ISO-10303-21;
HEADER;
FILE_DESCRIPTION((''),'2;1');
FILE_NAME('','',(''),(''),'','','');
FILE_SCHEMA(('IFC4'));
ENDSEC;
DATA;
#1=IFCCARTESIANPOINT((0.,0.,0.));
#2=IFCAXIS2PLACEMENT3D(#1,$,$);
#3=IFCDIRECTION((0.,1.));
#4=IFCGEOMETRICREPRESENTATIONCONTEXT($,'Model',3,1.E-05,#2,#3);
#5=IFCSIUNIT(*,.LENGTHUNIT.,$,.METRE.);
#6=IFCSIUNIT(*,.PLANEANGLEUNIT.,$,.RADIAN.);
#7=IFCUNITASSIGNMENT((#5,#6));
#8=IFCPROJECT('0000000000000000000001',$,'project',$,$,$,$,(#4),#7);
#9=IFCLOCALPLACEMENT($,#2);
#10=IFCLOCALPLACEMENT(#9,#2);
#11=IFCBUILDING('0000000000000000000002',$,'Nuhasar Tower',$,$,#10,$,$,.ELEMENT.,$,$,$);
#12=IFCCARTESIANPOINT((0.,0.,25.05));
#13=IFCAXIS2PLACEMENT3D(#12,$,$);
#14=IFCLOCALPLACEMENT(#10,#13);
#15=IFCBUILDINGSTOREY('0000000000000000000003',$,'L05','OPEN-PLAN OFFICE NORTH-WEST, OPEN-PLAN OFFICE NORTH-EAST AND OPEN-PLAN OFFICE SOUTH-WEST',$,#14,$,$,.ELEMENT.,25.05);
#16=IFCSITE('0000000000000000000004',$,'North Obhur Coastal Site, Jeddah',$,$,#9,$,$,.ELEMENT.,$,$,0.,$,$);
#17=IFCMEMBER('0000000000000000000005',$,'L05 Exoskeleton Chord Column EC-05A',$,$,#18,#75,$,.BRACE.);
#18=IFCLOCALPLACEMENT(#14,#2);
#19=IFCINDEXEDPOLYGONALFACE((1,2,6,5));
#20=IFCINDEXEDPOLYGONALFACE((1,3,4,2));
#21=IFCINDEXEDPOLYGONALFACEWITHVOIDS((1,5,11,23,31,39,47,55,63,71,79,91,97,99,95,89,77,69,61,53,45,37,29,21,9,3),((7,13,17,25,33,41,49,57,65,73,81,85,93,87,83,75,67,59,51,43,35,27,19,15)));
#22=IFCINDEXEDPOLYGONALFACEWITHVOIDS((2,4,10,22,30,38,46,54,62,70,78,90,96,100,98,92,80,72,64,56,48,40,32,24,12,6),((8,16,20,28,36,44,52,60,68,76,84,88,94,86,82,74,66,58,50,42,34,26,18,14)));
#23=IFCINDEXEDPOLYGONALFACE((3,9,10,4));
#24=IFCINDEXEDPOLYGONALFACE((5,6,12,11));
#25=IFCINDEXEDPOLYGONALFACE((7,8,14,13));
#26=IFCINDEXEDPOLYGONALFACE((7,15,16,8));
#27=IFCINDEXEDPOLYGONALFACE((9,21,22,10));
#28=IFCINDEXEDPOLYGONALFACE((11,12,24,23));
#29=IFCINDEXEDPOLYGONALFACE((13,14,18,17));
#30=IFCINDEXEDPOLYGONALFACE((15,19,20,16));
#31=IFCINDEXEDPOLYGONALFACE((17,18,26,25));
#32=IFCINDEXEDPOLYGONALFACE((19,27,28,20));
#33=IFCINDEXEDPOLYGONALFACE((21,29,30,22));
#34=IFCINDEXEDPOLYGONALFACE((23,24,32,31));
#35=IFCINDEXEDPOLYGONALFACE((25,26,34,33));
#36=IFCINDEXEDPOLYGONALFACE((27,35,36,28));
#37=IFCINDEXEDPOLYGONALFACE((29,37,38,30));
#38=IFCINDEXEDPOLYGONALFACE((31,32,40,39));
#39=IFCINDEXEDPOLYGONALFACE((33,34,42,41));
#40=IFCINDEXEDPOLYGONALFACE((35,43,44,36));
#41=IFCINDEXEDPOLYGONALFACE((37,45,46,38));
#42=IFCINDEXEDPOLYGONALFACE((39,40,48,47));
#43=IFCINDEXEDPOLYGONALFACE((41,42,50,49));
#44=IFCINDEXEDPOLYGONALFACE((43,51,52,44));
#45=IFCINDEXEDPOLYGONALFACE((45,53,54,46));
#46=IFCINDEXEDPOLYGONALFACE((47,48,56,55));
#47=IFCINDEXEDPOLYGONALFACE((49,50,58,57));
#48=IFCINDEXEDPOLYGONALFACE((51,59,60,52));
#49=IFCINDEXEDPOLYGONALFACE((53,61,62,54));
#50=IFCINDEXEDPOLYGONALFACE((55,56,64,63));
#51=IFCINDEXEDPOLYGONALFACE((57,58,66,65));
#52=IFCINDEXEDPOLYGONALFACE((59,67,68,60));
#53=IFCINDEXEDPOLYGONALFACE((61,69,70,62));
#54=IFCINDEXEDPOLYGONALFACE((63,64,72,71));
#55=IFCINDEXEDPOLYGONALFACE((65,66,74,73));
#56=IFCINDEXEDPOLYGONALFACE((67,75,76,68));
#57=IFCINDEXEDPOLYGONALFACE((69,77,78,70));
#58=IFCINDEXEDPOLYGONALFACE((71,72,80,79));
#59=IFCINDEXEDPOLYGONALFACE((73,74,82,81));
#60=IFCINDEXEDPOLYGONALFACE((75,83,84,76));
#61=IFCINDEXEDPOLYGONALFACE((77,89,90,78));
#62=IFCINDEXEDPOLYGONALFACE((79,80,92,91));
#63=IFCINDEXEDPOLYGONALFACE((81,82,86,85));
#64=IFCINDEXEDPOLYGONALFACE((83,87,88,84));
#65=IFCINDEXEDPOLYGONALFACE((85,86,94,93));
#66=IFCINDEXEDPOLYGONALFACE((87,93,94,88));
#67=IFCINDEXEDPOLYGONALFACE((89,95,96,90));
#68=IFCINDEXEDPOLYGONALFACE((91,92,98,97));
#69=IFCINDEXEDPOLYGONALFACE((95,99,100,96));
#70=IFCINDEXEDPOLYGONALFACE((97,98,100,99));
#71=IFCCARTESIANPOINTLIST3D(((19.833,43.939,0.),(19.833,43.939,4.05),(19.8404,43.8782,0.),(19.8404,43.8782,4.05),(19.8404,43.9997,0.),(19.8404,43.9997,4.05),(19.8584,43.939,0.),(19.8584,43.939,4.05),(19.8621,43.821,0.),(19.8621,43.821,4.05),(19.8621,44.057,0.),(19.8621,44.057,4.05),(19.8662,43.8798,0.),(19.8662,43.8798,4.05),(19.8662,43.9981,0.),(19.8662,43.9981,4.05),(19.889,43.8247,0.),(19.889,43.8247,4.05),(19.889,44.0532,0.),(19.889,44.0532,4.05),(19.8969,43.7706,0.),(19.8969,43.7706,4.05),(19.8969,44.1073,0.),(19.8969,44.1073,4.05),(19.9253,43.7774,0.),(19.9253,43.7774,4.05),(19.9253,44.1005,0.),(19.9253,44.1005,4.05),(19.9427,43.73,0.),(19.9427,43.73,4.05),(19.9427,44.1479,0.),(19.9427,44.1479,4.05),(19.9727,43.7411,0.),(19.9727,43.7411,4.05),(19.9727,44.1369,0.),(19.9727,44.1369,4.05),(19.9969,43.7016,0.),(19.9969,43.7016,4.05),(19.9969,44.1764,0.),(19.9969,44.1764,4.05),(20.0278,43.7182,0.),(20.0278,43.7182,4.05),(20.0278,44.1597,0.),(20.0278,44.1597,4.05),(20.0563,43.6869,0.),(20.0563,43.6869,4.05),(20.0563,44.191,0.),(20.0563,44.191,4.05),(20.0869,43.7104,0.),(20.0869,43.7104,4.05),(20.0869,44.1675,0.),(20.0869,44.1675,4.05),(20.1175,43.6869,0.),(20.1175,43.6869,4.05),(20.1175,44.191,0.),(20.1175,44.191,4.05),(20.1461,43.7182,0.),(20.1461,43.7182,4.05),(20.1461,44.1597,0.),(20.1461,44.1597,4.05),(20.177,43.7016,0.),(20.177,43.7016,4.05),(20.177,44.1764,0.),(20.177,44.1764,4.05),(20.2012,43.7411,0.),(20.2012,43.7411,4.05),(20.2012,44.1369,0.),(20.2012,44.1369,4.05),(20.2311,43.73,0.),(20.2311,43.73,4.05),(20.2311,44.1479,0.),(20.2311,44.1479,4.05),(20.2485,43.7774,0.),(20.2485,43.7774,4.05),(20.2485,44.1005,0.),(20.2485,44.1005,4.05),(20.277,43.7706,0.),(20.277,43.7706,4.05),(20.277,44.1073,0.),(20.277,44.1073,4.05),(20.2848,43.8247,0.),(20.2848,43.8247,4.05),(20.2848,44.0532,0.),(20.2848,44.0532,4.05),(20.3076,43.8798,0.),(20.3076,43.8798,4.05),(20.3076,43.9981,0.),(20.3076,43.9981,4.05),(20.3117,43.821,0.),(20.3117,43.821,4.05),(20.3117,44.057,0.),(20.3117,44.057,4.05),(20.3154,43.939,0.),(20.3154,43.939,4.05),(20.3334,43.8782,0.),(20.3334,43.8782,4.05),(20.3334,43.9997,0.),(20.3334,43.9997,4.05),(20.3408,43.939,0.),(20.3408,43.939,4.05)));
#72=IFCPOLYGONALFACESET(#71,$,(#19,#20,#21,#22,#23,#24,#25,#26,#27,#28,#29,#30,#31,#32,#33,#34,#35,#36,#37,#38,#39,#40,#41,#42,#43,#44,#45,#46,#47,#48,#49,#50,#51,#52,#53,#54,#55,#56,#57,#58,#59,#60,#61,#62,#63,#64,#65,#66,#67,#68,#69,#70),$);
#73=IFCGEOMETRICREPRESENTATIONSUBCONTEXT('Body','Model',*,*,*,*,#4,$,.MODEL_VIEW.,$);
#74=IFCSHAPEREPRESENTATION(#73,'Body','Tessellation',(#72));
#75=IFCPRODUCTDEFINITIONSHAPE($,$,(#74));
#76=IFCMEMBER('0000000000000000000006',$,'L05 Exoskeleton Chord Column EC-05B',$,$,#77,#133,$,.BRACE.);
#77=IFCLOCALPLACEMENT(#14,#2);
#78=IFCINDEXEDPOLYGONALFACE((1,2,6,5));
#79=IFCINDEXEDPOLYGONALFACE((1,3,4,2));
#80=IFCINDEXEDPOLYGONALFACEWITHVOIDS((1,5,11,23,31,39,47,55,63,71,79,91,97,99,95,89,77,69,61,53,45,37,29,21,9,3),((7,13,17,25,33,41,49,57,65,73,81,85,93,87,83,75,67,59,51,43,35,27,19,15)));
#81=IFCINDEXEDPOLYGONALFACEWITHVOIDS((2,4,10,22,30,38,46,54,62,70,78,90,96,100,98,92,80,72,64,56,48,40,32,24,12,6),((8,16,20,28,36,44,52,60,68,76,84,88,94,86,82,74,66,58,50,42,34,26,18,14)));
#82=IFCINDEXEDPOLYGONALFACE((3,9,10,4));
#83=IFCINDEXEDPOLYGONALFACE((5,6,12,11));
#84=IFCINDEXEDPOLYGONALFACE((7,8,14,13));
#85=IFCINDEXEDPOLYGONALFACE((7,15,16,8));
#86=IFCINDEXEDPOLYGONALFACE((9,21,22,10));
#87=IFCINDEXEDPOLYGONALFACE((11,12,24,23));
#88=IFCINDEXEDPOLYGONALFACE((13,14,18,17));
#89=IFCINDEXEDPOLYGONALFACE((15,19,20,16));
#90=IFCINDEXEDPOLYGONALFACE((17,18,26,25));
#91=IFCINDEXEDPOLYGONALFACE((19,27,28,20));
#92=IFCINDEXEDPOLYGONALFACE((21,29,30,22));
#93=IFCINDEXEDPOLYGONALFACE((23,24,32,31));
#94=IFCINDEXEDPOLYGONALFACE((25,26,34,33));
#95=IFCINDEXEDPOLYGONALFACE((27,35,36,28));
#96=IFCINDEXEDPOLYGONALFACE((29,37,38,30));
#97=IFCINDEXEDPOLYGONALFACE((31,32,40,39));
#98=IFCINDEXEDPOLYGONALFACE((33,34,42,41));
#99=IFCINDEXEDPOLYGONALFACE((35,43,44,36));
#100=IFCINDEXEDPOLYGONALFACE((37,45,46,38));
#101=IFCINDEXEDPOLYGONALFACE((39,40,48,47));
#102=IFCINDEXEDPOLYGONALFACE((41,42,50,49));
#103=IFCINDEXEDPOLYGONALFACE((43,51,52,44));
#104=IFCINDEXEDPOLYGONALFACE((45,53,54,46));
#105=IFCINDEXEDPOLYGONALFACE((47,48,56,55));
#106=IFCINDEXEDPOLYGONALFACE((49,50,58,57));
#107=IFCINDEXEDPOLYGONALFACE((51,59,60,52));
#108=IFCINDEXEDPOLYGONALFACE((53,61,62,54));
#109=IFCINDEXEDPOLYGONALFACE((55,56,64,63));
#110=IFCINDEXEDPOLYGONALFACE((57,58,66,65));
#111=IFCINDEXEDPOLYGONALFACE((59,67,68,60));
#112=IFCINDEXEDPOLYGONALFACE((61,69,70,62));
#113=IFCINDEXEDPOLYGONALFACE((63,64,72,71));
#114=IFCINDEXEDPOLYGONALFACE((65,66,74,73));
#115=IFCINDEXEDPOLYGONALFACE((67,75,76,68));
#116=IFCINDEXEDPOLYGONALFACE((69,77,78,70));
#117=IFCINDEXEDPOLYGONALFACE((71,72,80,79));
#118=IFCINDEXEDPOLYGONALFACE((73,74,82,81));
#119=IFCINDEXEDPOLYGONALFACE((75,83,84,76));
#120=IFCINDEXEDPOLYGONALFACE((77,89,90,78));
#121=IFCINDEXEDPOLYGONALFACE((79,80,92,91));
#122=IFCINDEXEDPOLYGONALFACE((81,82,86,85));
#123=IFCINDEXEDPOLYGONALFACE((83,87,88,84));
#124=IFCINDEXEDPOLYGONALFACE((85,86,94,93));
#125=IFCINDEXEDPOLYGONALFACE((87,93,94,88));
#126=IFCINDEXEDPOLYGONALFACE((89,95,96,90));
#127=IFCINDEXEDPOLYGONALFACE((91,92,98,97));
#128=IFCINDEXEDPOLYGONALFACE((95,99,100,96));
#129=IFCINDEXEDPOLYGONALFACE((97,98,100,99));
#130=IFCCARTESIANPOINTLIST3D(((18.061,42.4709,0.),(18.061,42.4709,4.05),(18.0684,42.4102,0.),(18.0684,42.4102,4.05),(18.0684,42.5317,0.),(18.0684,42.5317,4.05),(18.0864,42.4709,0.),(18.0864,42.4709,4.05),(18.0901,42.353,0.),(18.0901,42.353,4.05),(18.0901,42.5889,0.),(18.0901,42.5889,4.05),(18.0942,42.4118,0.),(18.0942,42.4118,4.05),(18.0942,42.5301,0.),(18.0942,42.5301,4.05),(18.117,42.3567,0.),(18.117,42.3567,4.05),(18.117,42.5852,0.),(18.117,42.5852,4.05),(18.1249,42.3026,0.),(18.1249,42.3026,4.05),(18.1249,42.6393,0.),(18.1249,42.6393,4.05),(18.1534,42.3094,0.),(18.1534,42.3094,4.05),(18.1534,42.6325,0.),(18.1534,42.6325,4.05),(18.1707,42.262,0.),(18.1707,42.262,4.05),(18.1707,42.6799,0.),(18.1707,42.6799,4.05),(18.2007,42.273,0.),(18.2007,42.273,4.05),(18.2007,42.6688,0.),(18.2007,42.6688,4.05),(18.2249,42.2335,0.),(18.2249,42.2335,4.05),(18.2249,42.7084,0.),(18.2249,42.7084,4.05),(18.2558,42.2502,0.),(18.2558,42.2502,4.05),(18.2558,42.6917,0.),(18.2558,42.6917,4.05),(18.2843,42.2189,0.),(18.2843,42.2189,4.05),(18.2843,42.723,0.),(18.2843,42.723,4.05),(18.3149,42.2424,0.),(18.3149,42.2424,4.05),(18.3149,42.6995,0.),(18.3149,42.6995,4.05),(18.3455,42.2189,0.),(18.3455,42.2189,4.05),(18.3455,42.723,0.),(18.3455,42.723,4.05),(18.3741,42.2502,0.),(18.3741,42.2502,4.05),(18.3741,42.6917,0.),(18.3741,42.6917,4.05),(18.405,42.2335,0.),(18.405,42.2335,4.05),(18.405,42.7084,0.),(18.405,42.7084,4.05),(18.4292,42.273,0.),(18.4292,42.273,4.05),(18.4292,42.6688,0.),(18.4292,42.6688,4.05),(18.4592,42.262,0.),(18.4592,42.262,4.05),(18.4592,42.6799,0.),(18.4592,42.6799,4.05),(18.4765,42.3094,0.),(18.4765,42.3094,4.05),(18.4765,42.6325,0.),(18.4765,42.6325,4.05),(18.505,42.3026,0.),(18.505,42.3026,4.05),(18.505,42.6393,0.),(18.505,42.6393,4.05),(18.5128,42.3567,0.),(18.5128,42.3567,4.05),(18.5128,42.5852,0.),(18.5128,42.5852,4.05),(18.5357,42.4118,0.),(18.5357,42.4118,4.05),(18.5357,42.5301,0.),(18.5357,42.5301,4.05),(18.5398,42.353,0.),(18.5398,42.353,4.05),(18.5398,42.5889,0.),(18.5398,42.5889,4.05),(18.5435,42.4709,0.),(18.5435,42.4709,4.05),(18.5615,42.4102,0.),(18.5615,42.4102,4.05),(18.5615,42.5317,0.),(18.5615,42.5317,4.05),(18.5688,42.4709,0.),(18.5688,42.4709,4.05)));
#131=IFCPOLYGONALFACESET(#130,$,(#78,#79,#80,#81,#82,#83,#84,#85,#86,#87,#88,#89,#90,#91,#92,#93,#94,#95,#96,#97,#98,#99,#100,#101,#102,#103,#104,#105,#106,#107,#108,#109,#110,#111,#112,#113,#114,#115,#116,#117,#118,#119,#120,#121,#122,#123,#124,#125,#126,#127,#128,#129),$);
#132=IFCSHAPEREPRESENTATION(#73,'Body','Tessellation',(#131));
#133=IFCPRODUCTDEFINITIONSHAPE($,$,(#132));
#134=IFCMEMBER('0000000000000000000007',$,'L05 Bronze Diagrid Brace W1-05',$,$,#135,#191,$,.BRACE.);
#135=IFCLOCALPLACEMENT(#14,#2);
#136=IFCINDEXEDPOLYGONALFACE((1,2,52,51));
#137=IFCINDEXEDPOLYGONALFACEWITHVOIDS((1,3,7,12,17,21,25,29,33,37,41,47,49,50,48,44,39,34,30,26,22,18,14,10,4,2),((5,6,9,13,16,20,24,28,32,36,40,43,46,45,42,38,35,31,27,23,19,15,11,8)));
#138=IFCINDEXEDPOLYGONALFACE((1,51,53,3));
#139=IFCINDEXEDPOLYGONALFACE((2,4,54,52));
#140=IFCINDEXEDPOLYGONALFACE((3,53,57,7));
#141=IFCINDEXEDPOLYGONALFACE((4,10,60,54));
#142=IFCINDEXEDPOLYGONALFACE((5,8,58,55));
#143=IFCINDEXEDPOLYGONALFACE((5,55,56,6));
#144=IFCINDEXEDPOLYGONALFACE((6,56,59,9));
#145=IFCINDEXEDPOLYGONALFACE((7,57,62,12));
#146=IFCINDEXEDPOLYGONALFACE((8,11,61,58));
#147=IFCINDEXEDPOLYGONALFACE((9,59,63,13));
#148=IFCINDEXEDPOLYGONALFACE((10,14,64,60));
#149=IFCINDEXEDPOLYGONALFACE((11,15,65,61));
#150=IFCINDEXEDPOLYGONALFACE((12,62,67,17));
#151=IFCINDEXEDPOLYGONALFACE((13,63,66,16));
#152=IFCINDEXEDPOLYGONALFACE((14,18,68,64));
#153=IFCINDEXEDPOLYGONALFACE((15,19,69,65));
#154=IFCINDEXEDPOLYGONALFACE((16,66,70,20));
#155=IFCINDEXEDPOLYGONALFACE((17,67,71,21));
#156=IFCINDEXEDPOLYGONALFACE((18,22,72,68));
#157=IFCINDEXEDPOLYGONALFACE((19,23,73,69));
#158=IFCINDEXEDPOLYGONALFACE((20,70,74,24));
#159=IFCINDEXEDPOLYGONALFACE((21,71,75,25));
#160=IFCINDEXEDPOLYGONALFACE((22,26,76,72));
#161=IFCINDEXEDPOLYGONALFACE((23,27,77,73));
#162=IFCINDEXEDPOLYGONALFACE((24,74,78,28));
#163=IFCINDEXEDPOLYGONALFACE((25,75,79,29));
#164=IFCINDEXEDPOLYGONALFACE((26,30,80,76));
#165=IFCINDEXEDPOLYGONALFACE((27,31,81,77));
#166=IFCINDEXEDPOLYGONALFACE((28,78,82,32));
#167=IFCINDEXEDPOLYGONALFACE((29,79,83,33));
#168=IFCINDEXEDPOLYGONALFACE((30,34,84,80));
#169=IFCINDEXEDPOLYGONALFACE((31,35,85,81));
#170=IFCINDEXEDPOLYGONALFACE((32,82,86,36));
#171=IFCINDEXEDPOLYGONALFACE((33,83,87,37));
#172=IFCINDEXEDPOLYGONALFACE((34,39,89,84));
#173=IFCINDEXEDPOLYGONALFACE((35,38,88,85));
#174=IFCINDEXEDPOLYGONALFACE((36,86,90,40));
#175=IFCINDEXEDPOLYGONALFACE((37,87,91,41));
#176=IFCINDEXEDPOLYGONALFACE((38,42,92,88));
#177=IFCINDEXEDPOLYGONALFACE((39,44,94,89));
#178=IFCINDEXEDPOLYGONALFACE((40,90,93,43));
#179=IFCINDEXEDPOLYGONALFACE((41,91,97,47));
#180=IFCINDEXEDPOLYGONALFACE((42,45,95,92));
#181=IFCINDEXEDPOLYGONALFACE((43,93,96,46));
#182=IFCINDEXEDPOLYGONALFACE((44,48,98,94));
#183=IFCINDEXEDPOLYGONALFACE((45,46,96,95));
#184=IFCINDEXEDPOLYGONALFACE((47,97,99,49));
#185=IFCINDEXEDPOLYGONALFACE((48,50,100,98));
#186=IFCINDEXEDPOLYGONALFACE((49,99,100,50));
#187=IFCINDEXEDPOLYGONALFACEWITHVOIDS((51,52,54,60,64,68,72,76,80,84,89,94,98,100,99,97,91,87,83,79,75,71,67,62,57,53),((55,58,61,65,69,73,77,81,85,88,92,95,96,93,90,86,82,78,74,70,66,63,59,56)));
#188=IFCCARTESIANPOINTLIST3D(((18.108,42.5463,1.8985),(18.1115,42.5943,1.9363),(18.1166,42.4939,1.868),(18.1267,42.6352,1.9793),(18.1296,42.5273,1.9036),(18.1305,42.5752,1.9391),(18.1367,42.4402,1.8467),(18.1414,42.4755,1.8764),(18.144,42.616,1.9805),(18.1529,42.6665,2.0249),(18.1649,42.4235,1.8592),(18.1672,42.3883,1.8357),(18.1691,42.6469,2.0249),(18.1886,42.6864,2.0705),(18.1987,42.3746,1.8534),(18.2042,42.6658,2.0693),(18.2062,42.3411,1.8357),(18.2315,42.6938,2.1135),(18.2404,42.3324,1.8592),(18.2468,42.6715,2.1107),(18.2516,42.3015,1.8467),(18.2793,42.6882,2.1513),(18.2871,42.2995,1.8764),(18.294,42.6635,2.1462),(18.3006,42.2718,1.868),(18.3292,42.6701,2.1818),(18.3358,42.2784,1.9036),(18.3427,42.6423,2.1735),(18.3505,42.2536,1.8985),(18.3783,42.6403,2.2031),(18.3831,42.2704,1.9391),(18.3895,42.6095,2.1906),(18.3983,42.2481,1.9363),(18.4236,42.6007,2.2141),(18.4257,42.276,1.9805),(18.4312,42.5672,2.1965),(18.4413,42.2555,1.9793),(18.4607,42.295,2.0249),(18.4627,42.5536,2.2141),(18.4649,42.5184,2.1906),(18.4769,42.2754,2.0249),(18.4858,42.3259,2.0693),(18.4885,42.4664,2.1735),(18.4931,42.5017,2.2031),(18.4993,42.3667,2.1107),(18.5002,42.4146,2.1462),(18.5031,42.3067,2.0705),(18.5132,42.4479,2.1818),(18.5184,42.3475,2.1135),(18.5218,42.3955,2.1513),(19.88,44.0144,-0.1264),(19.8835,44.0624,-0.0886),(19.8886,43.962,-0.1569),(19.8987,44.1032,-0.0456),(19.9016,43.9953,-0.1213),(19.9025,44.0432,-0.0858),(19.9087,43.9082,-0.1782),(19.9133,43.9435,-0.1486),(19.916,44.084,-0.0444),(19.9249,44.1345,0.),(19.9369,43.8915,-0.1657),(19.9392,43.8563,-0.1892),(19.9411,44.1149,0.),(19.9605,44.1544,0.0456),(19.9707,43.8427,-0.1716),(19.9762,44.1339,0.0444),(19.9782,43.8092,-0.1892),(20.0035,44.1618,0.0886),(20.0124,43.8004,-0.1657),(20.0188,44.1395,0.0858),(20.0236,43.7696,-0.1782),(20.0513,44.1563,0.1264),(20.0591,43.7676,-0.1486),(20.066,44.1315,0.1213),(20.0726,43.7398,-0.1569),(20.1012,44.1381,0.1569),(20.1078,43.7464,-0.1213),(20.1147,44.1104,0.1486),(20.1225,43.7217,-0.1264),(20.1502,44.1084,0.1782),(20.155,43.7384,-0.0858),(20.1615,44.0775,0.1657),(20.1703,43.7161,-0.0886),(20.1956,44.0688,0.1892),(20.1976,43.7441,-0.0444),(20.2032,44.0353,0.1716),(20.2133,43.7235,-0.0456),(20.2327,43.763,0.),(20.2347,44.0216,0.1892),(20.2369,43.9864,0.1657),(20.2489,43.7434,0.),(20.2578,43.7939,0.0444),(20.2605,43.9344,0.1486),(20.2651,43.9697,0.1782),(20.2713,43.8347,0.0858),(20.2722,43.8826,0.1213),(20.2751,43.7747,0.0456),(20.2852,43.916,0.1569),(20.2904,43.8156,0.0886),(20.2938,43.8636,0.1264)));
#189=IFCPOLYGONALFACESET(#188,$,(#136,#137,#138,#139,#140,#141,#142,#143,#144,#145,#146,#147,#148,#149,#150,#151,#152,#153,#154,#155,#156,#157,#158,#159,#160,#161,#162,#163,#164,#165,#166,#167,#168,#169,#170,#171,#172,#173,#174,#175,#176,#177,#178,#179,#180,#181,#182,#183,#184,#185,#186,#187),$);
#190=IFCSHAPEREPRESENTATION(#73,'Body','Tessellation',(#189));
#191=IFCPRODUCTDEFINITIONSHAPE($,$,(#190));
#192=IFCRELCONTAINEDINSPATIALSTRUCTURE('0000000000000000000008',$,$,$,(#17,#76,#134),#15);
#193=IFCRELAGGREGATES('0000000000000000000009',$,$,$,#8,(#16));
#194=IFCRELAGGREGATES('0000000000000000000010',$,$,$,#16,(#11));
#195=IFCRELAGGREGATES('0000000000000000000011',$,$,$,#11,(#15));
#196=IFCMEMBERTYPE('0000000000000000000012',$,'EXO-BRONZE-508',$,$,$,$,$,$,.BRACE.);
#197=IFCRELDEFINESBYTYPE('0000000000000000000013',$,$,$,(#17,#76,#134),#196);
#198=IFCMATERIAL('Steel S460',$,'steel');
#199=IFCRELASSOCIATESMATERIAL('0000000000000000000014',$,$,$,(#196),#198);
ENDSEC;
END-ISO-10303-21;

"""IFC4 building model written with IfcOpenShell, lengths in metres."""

from ifc_helpers import new_model, si_unit, direction, frame, origin, origin_2d, place, context, subcontext, project, spatial, hollow_circle, extrude, material, material_profile, profile_set, type_object, element, save


model = new_model("IFC4")

# Units and contexts
model_context = context("Model", 3, precision=1e-05, world=origin(), true_north=direction((0.0, 1.0)))
body_context = subcontext(model_context, "Body", "Model", "MODEL_VIEW")
ifc_project = project(units=[si_unit("LENGTHUNIT", "METRE"), si_unit("PLANEANGLEUNIT", "RADIAN")], contexts=[model_context])

# Site, building, storey
site_placement = place(None, origin())
site = spatial("IfcSite", under=ifc_project, at=site_placement, Name="North Obhur Coastal Site, Jeddah", CompositionType="ELEMENT", RefElevation=0.0)
building_placement = place(site_placement, origin())
building = spatial("IfcBuilding", under=site, at=building_placement, Name="Nuhasar Tower", CompositionType="ELEMENT")
storey_placement = place(building_placement, frame((0.0, 0.0, 25.05)))
storey = spatial("IfcBuildingStorey", under=building, at=storey_placement, Name="L05", Description="OPEN-PLAN OFFICE NORTH-WEST, OPEN-PLAN OFFICE NORTH-EAST AND OPEN-PLAN OFFICE SOUTH-WEST", CompositionType="ELEMENT", Elevation=25.05)

# Members
ifc_material_1 = material(Name="Steel S460", Category="steel")
ifc_material_profile_1 = material_profile(ifc_material_1, hollow_circle(Radius=0.2539, WallThickness=0.0254, at=origin_2d()), Name="HSS508X25.4")
ifc_profile_set_1 = profile_set([ifc_material_profile_1], Name="Steel S460")
member_type_1 = type_object("IfcMemberType", Name="EXO-BRONZE-508", PredefinedType="BRACE", material=ifc_profile_set_1)
for number, where, z_axis, x_axis, name in (
    (1, (20.0869, 43.939, 0.0), (0.0, 0.0, 1.0), (1.0, 0.0, 0.0), "L05 Exoskeleton Chord Column EC-05A"),
    (2, (18.3149, 42.4709, 0.0), (0.0, 0.0, 1.0), (1.0, 0.0, 0.0), "L05 Exoskeleton Chord Column EC-05B"),
):
    element("IfcMember", number, at=place(storey_placement, frame(where, z_axis=z_axis, x_axis=x_axis)), inside=storey, type_object=member_type_1, Name=name, PredefinedType="BRACE", context=body_context, shape_type="SweptSolid", body=[
        extrude(hollow_circle(Radius=0.2539, WallThickness=0.0254, at=origin_2d()), origin(), (0.0, 0.0, 1.0), 4.05),
    ])
member_1_placement = place(storey_placement, frame((20.0869, 43.939, 0.0), z_axis=(-0.578102, -0.478937, 0.660619), x_axis=(0.637969, -0.770062, 0.0)))
element("IfcMember", 3, at=member_1_placement, inside=storey, type_object=member_type_1, Name="L05 Bronze Diagrid Brace W1-05", PredefinedType="BRACE", context=body_context, shape_type="SweptSolid", body=[
    extrude(hollow_circle(Radius=0.2539, WallThickness=0.0254, at=origin_2d()), origin(), (0.0, 0.0, 1.0), 3.0652),
])

save(model, "model.ifc")
